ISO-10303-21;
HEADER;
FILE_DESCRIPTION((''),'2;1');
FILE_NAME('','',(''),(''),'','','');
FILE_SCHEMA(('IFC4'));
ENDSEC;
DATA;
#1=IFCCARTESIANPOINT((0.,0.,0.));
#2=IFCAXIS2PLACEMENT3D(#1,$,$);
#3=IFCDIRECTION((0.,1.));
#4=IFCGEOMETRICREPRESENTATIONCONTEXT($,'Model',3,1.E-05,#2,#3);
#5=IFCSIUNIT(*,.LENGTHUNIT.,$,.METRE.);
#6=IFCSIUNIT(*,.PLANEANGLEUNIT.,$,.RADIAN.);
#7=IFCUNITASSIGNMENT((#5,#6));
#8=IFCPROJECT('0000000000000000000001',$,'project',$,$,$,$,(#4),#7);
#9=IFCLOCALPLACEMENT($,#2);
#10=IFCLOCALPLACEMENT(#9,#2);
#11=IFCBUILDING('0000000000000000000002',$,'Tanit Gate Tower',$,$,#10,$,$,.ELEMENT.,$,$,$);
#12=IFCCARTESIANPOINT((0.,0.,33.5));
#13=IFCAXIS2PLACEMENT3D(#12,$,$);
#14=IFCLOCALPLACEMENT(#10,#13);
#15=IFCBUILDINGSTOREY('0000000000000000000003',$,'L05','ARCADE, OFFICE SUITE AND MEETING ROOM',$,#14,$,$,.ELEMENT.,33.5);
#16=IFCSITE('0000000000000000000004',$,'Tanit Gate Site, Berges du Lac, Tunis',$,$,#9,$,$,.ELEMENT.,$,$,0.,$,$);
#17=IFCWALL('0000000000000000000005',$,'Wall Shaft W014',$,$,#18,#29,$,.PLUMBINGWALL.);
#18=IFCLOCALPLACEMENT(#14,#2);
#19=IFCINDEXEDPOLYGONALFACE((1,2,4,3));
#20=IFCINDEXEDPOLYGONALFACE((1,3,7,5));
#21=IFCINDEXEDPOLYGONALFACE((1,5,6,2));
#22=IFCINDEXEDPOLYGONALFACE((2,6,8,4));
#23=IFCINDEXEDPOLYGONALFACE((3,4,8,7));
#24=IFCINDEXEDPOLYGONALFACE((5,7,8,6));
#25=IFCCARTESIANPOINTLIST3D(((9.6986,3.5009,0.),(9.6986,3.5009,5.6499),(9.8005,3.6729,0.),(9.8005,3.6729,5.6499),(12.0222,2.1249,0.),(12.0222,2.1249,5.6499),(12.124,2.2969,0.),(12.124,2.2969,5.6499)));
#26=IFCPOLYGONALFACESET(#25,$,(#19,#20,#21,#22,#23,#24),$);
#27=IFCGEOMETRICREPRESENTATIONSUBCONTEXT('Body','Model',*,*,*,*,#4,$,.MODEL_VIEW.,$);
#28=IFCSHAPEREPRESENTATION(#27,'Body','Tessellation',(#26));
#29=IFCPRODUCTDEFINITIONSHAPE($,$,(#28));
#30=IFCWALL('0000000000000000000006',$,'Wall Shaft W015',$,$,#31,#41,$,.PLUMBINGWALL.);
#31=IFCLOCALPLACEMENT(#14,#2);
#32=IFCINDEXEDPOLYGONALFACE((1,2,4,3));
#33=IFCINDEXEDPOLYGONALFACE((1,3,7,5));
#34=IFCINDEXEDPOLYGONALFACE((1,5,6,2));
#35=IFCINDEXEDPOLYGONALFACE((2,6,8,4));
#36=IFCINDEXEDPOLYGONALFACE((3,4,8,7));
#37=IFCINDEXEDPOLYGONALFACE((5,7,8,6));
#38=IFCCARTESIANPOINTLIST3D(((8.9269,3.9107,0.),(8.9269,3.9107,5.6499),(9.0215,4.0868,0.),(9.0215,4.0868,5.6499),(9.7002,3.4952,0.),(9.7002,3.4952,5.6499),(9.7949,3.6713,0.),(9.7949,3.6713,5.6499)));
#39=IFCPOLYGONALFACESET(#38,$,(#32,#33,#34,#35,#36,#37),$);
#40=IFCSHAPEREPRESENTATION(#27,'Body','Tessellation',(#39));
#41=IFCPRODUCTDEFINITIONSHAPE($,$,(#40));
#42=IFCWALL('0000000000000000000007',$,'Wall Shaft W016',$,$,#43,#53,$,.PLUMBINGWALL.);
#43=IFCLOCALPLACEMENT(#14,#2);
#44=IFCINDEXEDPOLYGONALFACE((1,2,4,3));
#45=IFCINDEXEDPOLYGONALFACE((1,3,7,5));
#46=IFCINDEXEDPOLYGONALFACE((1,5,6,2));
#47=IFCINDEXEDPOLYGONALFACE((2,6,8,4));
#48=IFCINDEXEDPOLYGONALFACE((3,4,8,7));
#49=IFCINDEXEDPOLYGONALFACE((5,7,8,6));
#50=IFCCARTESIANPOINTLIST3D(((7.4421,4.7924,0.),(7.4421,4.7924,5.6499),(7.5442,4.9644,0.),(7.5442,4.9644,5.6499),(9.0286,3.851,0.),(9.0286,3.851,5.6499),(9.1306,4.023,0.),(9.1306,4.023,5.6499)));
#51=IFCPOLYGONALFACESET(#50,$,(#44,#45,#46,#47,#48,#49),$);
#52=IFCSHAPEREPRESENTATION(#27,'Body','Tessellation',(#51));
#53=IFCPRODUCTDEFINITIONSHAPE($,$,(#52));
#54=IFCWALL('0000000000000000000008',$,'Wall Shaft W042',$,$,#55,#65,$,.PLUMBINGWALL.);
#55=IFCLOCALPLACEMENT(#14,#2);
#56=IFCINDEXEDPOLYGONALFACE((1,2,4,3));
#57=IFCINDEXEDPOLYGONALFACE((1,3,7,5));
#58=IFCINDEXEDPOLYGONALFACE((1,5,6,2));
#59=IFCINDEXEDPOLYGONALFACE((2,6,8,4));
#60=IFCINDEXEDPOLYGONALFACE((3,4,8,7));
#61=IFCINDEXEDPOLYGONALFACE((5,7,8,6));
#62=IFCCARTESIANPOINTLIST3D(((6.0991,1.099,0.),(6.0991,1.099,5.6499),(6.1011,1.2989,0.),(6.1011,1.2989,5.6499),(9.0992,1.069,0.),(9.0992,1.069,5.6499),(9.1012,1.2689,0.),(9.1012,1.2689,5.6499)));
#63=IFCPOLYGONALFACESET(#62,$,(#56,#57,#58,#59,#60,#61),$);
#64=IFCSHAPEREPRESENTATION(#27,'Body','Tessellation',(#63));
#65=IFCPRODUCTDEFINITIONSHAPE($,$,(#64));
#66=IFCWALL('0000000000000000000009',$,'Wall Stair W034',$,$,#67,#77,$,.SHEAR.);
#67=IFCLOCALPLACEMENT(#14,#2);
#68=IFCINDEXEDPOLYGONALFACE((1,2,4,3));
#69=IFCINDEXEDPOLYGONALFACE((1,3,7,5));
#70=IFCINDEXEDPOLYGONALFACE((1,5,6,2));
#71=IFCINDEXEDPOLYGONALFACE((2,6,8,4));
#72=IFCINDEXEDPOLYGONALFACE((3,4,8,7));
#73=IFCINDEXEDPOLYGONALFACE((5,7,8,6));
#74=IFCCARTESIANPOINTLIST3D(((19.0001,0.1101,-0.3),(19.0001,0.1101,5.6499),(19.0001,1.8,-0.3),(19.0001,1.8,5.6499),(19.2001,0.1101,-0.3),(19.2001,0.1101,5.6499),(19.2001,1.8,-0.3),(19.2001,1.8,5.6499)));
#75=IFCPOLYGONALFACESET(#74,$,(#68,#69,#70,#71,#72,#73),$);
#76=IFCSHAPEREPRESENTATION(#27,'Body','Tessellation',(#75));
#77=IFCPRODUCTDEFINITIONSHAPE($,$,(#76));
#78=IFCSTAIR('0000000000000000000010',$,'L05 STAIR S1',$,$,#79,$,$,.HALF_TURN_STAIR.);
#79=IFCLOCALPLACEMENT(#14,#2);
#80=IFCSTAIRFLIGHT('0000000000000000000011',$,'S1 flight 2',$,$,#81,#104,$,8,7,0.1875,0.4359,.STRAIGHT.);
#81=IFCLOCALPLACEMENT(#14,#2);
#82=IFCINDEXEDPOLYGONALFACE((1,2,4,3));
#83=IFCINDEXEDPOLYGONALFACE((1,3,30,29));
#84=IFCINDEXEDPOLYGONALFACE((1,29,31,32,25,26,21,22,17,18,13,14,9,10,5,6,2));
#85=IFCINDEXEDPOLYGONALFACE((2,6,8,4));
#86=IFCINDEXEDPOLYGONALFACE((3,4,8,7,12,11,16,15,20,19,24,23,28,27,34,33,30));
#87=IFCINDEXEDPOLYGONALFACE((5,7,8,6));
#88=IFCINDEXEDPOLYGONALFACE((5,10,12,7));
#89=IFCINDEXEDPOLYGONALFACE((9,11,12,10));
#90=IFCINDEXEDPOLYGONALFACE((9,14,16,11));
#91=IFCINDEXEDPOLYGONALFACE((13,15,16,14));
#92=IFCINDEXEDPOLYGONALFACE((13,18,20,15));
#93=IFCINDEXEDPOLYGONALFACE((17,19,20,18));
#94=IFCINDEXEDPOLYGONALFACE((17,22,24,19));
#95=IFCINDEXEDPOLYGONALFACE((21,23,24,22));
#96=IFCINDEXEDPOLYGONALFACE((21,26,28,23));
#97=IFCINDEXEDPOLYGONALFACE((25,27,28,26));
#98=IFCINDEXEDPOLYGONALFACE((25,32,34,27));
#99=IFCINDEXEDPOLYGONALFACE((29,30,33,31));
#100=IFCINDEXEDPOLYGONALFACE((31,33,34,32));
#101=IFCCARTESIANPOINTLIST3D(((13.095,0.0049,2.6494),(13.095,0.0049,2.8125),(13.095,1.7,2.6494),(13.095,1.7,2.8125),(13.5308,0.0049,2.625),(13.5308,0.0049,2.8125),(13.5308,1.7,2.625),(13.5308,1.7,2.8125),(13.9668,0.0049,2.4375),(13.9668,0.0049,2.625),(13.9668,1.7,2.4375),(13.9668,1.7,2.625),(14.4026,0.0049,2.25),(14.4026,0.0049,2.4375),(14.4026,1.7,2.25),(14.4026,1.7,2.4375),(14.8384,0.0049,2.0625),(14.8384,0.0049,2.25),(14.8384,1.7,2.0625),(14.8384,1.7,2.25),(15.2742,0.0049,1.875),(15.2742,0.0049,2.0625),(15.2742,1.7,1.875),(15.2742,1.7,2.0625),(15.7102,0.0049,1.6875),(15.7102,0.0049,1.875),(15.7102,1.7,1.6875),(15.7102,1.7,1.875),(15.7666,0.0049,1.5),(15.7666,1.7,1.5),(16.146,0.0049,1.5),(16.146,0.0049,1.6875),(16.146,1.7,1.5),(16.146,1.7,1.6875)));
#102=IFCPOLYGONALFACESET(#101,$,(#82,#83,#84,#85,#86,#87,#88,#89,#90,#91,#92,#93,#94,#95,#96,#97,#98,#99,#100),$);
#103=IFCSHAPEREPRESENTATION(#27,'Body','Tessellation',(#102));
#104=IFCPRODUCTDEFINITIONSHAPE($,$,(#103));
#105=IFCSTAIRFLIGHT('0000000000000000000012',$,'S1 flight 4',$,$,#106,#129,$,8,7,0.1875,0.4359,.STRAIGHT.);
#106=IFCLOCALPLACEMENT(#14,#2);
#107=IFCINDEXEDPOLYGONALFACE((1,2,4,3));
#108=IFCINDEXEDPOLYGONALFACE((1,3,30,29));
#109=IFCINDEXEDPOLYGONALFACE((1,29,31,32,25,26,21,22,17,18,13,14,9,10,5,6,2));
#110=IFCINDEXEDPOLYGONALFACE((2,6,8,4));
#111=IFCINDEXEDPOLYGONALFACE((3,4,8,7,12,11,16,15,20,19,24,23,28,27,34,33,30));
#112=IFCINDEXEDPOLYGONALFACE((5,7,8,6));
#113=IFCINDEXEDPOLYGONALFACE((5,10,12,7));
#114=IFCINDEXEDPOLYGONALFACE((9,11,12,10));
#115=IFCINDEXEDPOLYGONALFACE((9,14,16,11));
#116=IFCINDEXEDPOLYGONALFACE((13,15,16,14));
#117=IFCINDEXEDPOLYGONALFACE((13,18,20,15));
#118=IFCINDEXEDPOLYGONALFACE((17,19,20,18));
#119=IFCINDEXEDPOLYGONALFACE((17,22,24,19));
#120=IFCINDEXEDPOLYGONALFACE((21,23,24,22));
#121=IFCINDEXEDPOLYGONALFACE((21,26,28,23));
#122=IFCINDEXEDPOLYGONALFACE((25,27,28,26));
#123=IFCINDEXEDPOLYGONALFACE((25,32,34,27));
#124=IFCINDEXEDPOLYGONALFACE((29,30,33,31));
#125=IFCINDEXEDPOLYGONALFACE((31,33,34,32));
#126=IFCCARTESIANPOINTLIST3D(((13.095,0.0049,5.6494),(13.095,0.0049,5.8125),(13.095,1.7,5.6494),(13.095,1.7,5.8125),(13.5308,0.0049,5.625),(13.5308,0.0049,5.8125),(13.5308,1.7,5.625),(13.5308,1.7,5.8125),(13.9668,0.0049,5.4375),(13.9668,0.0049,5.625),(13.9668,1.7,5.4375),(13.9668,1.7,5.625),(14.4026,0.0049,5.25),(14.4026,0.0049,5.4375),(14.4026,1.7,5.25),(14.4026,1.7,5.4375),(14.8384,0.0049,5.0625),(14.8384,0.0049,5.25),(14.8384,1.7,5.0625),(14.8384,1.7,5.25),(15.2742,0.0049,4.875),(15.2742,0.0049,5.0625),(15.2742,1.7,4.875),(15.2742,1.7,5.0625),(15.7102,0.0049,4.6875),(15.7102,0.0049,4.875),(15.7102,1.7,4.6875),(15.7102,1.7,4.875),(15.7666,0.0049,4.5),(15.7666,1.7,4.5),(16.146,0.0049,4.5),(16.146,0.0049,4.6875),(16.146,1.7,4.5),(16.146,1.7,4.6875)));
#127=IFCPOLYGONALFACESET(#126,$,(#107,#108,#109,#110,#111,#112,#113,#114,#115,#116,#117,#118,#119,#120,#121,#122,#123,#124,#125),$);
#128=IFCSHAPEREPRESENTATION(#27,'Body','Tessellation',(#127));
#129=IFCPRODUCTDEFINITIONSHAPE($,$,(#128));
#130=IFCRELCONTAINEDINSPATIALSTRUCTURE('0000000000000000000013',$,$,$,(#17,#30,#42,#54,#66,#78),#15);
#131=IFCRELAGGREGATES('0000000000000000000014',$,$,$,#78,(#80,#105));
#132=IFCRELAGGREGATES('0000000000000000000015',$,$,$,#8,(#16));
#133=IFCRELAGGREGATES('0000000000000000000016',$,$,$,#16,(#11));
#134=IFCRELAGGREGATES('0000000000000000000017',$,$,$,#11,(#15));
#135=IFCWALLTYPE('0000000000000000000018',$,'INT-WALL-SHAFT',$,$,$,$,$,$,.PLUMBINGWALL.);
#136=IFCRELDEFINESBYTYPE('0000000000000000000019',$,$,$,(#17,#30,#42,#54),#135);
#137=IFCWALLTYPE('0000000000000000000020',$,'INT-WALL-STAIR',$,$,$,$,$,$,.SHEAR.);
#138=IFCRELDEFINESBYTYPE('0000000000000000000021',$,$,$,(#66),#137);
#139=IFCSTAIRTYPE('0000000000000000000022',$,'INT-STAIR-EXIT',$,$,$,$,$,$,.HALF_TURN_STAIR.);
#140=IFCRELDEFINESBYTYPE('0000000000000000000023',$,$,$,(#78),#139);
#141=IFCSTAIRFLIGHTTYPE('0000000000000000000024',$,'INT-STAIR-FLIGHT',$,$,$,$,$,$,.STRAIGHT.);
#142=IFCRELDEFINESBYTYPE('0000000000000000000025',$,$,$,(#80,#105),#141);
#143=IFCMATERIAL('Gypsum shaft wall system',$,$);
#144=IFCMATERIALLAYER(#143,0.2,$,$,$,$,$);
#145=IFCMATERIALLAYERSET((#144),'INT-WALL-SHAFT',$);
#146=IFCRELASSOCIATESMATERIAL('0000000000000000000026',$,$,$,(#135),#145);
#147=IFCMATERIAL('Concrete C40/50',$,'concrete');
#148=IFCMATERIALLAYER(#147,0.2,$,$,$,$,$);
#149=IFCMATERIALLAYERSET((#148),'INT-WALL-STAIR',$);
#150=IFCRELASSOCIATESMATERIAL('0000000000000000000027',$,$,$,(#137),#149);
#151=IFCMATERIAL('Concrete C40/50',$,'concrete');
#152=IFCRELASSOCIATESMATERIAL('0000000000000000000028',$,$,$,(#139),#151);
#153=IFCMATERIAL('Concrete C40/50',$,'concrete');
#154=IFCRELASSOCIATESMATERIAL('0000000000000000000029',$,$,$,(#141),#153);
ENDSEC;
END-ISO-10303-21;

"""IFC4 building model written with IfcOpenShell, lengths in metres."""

from ifc_helpers import new_model, si_unit, direction, frame, frame_2d, origin, place, context, subcontext, project, spatial, polyline, rectangle, outline, extrude, material, layer, layer_set, type_object, element, aggregate, save


model = new_model("IFC4")

# Units and contexts
model_context = context("Model", 3, precision=1e-05, world=origin(), true_north=direction((0.0, 1.0)))
body_context = subcontext(model_context, "Body", "Model", "MODEL_VIEW")
ifc_project = project(units=[si_unit("LENGTHUNIT", "METRE"), si_unit("PLANEANGLEUNIT", "RADIAN")], contexts=[model_context])

# Site, building, storey
site_placement = place(None, origin())
site = spatial("IfcSite", under=ifc_project, at=site_placement, Name="Tanit Gate Site, Berges du Lac, Tunis", CompositionType="ELEMENT", RefElevation=0.0)
building_placement = place(site_placement, origin())
building = spatial("IfcBuilding", under=site, at=building_placement, Name="Tanit Gate Tower", CompositionType="ELEMENT")
storey_placement = place(building_placement, frame((0.0, 0.0, 33.5)))
storey = spatial("IfcBuildingStorey", under=building, at=storey_placement, Name="L05", Description="ARCADE, OFFICE SUITE AND MEETING ROOM", CompositionType="ELEMENT", Elevation=33.5)

# Walls
ifc_material_1 = material(Name="Gypsum shaft wall system")
ifc_layer_1 = layer(ifc_material_1, 0.2)
ifc_layer_set_1 = layer_set([ifc_layer_1], Name="INT-WALL-SHAFT")
wall_type_1 = type_object("IfcWallType", Name="INT-WALL-SHAFT", PredefinedType="PLUMBINGWALL", material=ifc_layer_set_1)
wall_1_placement = place(storey_placement, frame((12.073, 2.2109, 0.0), z_axis=(0.0, 0.0, 1.0), x_axis=(-0.860438, 0.509555, 0.0)))
element("IfcWall", 1, at=wall_1_placement, inside=storey, type_object=wall_type_1, Name="Wall Shaft W014", PredefinedType="PLUMBINGWALL", context=body_context, shape_type="SweptSolid", body=[
    extrude(rectangle(XDim=2.7004, YDim=0.2, at=frame_2d((1.3501, 0.0))), origin(), (0.0, 0.0, 1.0), 5.6499),
])
wall_2_placement = place(storey_placement, frame((9.7476, 3.5833, 0.0), z_axis=(0.0, 0.0, 1.0), x_axis=(-0.880917, 0.473271, 0.0)))
element("IfcWall", 2, at=wall_2_placement, inside=storey, type_object=wall_type_1, Name="Wall Shaft W015", PredefinedType="PLUMBINGWALL", context=body_context, shape_type="SweptSolid", body=[
    extrude(rectangle(XDim=0.8779, YDim=0.2, at=frame_2d((0.439, 0.0))), origin(), (0.0, 0.0, 1.0), 5.6499),
])
wall_3_placement = place(storey_placement, frame((9.0796, 3.937, 0.0), z_axis=(0.0, 0.0, 1.0), x_axis=(-0.859982, 0.510325, 0.0)))
element("IfcWall", 3, at=wall_3_placement, inside=storey, type_object=wall_type_1, Name="Wall Shaft W016", PredefinedType="PLUMBINGWALL", context=body_context, shape_type="SweptSolid", body=[
    extrude(rectangle(XDim=1.8447, YDim=0.2, at=frame_2d((0.9224, 0.0))), origin(), (0.0, 0.0, 1.0), 5.6499),
])

# Walls
wall_4_placement = place(storey_placement, frame((9.1001, 1.1689, 0.0), z_axis=(0.0, 0.0, 1.0), x_axis=(-0.99995, 0.010009, 0.0)))
element("IfcWall", 4, at=wall_4_placement, inside=storey, type_object=wall_type_1, Name="Wall Shaft W042", PredefinedType="PLUMBINGWALL", context=body_context, shape_type="SweptSolid", body=[
    extrude(rectangle(XDim=3.0002, YDim=0.2, at=frame_2d((1.5, 0.0))), origin(), (0.0, 0.0, 1.0), 5.6499),
])
ifc_material_2 = material(Name="Concrete C40/50", Category="concrete")
ifc_layer_2 = layer(ifc_material_2, 0.2)
ifc_layer_set_2 = layer_set([ifc_layer_2], Name="INT-WALL-STAIR")
wall_type_2 = type_object("IfcWallType", Name="INT-WALL-STAIR", PredefinedType="SHEAR", material=ifc_layer_set_2)
wall_5_placement = place(storey_placement, frame((19.1001, 0.1101, -0.3), z_axis=(0.0, 0.0, 1.0), x_axis=(0.0, 1.0, 0.0)))
element("IfcWall", 5, at=wall_5_placement, inside=storey, type_object=wall_type_2, Name="Wall Stair W034", PredefinedType="SHEAR", context=body_context, shape_type="SweptSolid", body=[
    extrude(rectangle(XDim=1.6899, YDim=0.2, at=frame_2d((0.845, 0.0))), origin(), (0.0, 0.0, 1.0), 5.95),
])

# Stair, stair flights
ifc_material_3 = material(Name="Concrete C40/50", Category="concrete")
stair_type = type_object("IfcStairType", Name="INT-STAIR-EXIT", PredefinedType="HALF_TURN_STAIR", material=ifc_material_3)
stair_placement = place(storey_placement, origin())
stair = element("IfcStair", 6, at=stair_placement, inside=storey, type_object=stair_type, Name="L05 STAIR S1", PredefinedType="HALF_TURN_STAIR")
ifc_material_4 = material(Name="Concrete C40/50", Category="concrete")
stair_flight_type = type_object("IfcStairFlightType", Name="INT-STAIR-FLIGHT", PredefinedType="STRAIGHT", material=ifc_material_4)
stair_flight_1_placement = place(storey_placement, frame((16.146, 0.8525, 1.5), z_axis=(0.0, 0.0, 1.0), x_axis=(-1.0, 0.0, 0.0)))
stair_flight_1 = element("IfcStairFlight", 7, at=stair_flight_1_placement, type_object=stair_flight_type, Name="S1 flight 2", NumberOfRisers=8, NumberOfTreads=7, PredefinedType="STRAIGHT", RiserHeight=0.1875, TreadLength=0.4359, context=body_context, shape_type="SweptSolid", body=[
    extrude(outline(polyline([(0.0, 0.0), (0.0, 0.1875), (0.4358, 0.1875), (0.4358, 0.375), (0.8718, 0.375), (0.8718, 0.5625), (1.3076, 0.5625), (1.3076, 0.75), (1.7434, 0.75), (1.7434, 0.9375), (2.1792, 0.9375), (2.1792, 1.125), (2.6152, 1.125), (2.6152, 1.3125), (3.051, 1.3125), (3.051, 1.5), (3.051, 1.1494), (0.3794, 0.0), (0.0, 0.0)])), frame((0.0, 0.8477, 0.0), z_axis=(0.0, -1.0, 0.0), x_axis=(1.0, 0.0, 0.0)), (0.0, 0.0, 1.0), 1.6951),
])
stair_flight_2_placement = place(storey_placement, frame((16.146, 0.8525, 4.5), z_axis=(0.0, 0.0, 1.0), x_axis=(-1.0, 0.0, 0.0)))
stair_flight_2 = element("IfcStairFlight", 8, at=stair_flight_2_placement, type_object=stair_flight_type, Name="S1 flight 4", NumberOfRisers=8, NumberOfTreads=7, PredefinedType="STRAIGHT", RiserHeight=0.1875, TreadLength=0.4359, context=body_context, shape_type="SweptSolid", body=[
    extrude(outline(polyline([(0.0, 0.0), (0.0, 0.1875), (0.4358, 0.1875), (0.4358, 0.375), (0.8718, 0.375), (0.8718, 0.5625), (1.3076, 0.5625), (1.3076, 0.75), (1.7434, 0.75), (1.7434, 0.9375), (2.1792, 0.9375), (2.1792, 1.125), (2.6152, 1.125), (2.6152, 1.3125), (3.051, 1.3125), (3.051, 1.5), (3.051, 1.1494), (0.3794, 0.0), (0.0, 0.0)])), frame((0.0, 0.8477, 0.0), z_axis=(0.0, -1.0, 0.0), x_axis=(1.0, 0.0, 0.0)), (0.0, 0.0, 1.0), 1.6951),
])
aggregate(stair, [stair_flight_1, stair_flight_2])

save(model, "model.ifc")
